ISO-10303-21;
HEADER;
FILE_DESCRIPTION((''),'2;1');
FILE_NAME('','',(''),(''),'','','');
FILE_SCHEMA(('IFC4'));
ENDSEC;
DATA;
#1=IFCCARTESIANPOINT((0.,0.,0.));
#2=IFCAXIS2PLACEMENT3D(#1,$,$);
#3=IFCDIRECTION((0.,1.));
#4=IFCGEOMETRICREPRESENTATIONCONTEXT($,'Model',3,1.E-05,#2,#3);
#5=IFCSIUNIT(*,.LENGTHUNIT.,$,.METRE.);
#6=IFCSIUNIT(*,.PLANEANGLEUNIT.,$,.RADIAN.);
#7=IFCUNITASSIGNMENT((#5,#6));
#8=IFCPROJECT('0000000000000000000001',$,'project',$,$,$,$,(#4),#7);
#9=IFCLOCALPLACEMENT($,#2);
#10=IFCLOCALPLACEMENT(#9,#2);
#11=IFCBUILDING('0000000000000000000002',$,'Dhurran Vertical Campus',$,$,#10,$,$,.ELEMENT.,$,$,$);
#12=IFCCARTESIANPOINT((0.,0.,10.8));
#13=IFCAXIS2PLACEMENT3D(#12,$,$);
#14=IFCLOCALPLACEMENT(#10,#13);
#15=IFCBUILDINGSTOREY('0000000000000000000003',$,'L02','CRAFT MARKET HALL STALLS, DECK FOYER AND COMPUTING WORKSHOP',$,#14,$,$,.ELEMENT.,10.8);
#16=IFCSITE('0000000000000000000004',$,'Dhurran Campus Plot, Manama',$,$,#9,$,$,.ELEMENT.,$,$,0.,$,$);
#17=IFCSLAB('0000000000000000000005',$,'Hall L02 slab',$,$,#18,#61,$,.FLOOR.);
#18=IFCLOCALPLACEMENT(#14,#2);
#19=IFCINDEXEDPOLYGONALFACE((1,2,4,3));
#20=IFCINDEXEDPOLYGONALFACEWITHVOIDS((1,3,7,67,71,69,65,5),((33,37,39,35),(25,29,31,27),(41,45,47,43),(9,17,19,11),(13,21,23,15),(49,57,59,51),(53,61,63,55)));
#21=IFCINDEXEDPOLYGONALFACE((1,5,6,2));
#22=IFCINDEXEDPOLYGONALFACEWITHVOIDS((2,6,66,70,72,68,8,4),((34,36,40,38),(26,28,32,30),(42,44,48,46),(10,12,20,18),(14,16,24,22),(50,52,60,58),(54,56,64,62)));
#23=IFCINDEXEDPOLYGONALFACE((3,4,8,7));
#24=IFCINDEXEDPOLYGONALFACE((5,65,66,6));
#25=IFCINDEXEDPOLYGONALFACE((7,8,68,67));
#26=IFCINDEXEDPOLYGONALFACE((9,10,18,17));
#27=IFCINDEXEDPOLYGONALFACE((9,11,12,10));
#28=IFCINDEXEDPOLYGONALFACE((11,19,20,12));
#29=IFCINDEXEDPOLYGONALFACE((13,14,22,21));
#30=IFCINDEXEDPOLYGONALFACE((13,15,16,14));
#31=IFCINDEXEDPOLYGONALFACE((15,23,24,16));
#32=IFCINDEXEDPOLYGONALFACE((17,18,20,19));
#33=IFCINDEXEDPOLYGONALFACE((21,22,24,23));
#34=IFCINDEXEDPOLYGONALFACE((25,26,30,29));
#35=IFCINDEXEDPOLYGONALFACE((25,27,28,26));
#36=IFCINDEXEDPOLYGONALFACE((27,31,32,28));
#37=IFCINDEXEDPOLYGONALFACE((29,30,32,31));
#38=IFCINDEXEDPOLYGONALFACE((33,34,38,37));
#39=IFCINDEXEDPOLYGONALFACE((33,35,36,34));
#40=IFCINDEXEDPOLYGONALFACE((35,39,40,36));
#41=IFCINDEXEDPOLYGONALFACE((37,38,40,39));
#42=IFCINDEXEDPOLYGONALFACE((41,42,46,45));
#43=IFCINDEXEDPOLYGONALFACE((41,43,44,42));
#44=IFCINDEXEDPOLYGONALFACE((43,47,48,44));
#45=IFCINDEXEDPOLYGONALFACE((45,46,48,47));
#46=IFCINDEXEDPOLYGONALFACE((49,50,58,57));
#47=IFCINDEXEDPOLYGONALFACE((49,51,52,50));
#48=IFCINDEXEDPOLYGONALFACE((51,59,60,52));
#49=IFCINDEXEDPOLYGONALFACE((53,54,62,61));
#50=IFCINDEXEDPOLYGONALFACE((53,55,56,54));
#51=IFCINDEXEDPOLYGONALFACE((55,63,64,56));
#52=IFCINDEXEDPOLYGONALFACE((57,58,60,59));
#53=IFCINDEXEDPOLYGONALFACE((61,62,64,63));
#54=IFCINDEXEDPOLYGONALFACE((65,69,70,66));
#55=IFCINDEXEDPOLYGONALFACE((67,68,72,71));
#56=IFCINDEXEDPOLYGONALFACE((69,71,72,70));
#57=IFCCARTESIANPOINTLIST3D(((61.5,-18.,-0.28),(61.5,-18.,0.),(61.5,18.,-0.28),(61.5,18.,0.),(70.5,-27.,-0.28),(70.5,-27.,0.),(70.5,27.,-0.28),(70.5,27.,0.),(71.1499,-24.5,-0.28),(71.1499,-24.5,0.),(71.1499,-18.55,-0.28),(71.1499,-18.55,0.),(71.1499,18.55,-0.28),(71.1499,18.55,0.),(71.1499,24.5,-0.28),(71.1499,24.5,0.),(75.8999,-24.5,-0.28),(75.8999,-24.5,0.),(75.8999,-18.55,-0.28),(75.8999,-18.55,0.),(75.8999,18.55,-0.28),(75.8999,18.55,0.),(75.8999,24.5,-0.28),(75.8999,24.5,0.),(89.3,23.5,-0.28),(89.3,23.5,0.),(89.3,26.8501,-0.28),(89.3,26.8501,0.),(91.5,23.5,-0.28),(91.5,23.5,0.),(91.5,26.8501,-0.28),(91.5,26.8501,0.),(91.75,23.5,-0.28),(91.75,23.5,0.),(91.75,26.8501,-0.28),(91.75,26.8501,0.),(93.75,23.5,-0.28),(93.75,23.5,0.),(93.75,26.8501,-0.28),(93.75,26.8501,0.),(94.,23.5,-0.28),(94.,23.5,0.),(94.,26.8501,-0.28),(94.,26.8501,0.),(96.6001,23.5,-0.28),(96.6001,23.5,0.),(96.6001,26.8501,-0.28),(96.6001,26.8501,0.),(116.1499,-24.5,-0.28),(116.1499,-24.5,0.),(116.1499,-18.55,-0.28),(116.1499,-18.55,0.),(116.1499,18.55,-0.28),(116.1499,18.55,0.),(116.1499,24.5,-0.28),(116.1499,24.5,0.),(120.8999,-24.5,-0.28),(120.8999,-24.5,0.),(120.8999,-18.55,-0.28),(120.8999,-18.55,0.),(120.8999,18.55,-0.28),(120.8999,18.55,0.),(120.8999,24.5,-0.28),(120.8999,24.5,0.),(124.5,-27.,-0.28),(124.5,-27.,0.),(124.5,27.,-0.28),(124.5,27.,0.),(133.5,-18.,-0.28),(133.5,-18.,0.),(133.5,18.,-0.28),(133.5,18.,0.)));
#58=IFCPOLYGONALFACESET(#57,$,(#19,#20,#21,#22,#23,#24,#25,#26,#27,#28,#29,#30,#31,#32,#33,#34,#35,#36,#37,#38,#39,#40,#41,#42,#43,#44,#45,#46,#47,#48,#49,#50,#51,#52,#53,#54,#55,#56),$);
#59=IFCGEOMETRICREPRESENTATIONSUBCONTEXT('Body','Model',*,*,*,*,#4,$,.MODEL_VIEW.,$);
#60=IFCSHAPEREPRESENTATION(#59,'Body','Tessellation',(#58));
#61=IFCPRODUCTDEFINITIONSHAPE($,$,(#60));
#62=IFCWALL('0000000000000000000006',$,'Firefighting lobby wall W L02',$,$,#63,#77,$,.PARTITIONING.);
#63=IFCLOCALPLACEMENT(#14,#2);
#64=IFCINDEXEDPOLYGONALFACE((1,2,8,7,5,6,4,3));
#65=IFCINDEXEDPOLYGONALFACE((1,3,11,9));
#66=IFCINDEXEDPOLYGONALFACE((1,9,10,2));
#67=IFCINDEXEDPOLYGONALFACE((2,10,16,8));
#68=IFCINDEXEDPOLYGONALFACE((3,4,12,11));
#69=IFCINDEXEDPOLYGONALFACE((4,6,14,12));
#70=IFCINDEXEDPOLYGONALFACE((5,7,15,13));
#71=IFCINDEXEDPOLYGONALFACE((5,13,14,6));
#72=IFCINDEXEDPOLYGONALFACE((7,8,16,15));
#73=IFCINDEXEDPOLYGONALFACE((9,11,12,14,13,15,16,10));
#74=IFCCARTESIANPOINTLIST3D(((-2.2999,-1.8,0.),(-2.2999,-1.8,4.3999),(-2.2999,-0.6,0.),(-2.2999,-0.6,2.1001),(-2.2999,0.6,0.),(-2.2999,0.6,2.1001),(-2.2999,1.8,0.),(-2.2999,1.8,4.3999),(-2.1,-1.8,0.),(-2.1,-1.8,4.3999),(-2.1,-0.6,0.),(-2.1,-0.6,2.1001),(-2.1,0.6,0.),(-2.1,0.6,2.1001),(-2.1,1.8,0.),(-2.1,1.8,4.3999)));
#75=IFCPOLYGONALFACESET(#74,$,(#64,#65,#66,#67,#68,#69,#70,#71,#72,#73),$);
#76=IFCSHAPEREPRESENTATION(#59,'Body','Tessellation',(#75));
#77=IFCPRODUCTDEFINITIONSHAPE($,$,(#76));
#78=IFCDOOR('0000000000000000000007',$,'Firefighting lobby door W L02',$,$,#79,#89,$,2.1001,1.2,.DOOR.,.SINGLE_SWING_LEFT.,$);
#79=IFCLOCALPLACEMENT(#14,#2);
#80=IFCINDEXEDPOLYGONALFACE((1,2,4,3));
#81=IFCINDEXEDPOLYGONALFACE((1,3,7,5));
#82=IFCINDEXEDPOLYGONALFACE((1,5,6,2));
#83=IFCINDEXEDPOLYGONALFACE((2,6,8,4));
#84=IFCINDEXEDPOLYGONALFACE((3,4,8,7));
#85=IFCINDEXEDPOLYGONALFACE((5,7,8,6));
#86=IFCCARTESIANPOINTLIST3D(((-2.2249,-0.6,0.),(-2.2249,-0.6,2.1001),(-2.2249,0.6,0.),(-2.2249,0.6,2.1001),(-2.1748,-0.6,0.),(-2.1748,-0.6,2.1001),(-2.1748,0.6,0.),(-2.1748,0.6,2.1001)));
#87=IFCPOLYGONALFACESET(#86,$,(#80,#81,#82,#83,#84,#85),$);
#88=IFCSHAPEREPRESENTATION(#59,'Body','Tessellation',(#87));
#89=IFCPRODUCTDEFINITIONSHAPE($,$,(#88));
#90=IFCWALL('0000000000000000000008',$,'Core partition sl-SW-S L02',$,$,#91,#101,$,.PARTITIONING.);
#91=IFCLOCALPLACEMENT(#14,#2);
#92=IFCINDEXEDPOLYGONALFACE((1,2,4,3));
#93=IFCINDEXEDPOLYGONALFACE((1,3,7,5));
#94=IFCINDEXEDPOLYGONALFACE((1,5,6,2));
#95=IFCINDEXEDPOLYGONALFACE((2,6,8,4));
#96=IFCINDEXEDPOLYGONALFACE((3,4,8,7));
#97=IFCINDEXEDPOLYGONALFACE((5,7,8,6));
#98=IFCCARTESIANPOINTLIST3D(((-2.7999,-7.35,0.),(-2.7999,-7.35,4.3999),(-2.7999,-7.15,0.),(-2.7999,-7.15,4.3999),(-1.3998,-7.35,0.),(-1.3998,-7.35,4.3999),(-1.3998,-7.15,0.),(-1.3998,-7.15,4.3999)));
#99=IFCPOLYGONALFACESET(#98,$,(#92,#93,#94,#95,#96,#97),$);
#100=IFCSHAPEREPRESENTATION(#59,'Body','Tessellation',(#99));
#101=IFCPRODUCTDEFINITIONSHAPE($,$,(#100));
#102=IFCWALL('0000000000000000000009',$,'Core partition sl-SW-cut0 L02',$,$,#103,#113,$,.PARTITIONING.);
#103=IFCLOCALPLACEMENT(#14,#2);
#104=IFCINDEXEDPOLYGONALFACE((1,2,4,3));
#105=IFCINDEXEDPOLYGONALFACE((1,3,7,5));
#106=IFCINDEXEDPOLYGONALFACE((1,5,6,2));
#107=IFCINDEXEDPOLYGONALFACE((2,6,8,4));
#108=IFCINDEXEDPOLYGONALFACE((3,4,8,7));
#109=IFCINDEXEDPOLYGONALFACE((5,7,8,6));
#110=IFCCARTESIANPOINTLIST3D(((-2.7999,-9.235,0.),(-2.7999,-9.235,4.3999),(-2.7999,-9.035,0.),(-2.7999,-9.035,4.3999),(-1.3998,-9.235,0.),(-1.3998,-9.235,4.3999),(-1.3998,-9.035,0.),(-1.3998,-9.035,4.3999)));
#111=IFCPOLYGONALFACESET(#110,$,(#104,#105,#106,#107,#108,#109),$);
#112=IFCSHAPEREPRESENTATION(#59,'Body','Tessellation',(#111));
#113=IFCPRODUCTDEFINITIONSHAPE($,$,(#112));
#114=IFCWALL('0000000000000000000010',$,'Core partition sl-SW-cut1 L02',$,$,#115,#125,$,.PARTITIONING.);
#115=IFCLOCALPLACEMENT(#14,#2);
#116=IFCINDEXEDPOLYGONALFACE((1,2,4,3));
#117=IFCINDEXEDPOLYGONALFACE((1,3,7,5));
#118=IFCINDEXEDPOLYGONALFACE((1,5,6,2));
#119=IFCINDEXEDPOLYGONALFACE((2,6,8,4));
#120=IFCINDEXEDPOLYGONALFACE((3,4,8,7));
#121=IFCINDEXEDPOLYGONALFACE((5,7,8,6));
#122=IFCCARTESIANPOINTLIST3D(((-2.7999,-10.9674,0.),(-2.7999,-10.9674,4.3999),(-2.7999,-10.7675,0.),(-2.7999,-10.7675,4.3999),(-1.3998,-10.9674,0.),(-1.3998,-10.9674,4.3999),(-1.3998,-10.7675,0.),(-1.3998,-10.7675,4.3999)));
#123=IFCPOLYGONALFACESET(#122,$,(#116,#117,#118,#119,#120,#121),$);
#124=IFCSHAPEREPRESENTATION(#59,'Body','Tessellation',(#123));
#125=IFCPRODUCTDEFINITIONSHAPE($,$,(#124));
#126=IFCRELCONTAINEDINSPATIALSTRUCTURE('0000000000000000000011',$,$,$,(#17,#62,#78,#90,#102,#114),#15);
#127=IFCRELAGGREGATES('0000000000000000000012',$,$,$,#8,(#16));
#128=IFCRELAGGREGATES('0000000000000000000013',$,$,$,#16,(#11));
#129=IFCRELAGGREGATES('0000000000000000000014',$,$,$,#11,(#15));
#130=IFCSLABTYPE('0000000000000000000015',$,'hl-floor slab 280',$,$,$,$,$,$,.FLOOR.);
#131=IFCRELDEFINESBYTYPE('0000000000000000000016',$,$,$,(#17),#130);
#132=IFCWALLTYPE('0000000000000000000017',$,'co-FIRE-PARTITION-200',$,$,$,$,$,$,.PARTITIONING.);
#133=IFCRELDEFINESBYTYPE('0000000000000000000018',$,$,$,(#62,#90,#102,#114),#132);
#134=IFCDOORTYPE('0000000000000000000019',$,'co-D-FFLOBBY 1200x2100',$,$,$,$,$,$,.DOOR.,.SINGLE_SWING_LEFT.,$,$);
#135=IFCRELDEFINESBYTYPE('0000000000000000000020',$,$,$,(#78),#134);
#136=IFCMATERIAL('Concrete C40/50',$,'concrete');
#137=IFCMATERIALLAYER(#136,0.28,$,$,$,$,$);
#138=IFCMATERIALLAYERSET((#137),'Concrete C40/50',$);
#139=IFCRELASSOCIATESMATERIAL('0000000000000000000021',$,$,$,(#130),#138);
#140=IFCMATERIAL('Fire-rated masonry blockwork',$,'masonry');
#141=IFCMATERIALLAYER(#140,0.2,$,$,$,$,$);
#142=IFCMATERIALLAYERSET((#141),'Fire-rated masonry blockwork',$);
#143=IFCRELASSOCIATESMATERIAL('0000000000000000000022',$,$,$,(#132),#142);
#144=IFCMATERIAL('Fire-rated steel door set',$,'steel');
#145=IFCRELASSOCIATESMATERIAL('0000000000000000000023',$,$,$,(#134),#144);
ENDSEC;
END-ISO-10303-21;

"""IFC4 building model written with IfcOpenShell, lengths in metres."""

from ifc_helpers import new_model, si_unit, direction, frame, frame_2d, origin, place, context, subcontext, project, spatial, polyline, rectangle, outline, extrude, material, layer, layer_set, type_object, element, fill, save


model = new_model("IFC4")

# Units and contexts
model_context = context("Model", 3, precision=1e-05, world=origin(), true_north=direction((0.0, 1.0)))
body_context = subcontext(model_context, "Body", "Model", "MODEL_VIEW")
ifc_project = project(units=[si_unit("LENGTHUNIT", "METRE"), si_unit("PLANEANGLEUNIT", "RADIAN")], contexts=[model_context])

# Site, building, storey
site_placement = place(None, origin())
site = spatial("IfcSite", under=ifc_project, at=site_placement, Name="Dhurran Campus Plot, Manama", CompositionType="ELEMENT", RefElevation=0.0)
building_placement = place(site_placement, origin())
building = spatial("IfcBuilding", under=site, at=building_placement, Name="Dhurran Vertical Campus", CompositionType="ELEMENT")
storey_placement = place(building_placement, frame((0.0, 0.0, 10.8)))
storey = spatial("IfcBuildingStorey", under=building, at=storey_placement, Name="L02", Description="CRAFT MARKET HALL STALLS, DECK FOYER AND COMPUTING WORKSHOP", CompositionType="ELEMENT", Elevation=10.8)

# Slab
ifc_material_1 = material(Name="Concrete C40/50", Category="concrete")
ifc_layer_1 = layer(ifc_material_1, 0.28)
ifc_layer_set_1 = layer_set([ifc_layer_1], Name="Concrete C40/50")
slab_type_1 = type_object("IfcSlabType", Name="hl-floor slab 280", PredefinedType="FLOOR", material=ifc_layer_set_1)
slab_1_placement = place(storey_placement, frame((0.0, 0.0, -0.28)))
element("IfcSlab", 1, at=slab_1_placement, inside=storey, type_object=slab_type_1, Name="Hall L02 slab", PredefinedType="FLOOR", context=body_context, shape_type="SweptSolid", body=[
    extrude(outline(polyline([(61.5, -18.0), (70.5, -27.0), (124.5, -27.0), (133.5, -18.0), (133.5, 18.0), (124.5, 27.0), (70.5, 27.0), (61.5, 18.0), (61.5, -18.0)]), holes=[polyline([(71.1499, -24.5), (75.8999, -24.5), (75.8999, -18.55), (71.1499, -18.55), (71.1499, -24.5)]), polyline([(116.1499, 18.55), (120.8999, 18.55), (120.8999, 24.5), (116.1499, 24.5), (116.1499, 18.55)]), polyline([(71.1499, 18.55), (75.8999, 18.55), (75.8999, 24.5), (71.1499, 24.5), (71.1499, 18.55)]), polyline([(116.1499, -24.5), (120.8999, -24.5), (120.8999, -18.55), (116.1499, -18.55), (116.1499, -24.5)]), polyline([(89.3, 23.5), (91.5, 23.5), (91.5, 26.8501), (89.3, 26.8501), (89.3, 23.5)]), polyline([(91.75, 23.5), (93.75, 23.5), (93.75, 26.8501), (91.75, 26.8501), (91.75, 23.5)]), polyline([(94.0, 23.5), (96.6001, 23.5), (96.6001, 26.8501), (94.0, 26.8501), (94.0, 23.5)])]), origin(), (0.0, 0.0, 1.0), 0.28),
])

# Wall, opening, door
ifc_material_2 = material(Name="Fire-rated masonry blockwork", Category="masonry")
ifc_layer_2 = layer(ifc_material_2, 0.2)
ifc_layer_set_2 = layer_set([ifc_layer_2], Name="Fire-rated masonry blockwork")
wall_type_1 = type_object("IfcWallType", Name="co-FIRE-PARTITION-200", PredefinedType="PARTITIONING", material=ifc_layer_set_2)
wall_1_placement = place(storey_placement, frame((-2.2, -1.8, 0.0), z_axis=(0.0, 0.0, 1.0), x_axis=(0.0, 1.0, 0.0)))
wall_1 = element("IfcWall", 2, at=wall_1_placement, inside=storey, type_object=wall_type_1, Name="Firefighting lobby wall W L02", PredefinedType="PARTITIONING", context=body_context, shape_type="SweptSolid", body=[
    extrude(rectangle(XDim=3.6001, YDim=0.2, at=frame_2d((1.8, 0.0))), origin(), (0.0, 0.0, 1.0), 4.3999),
])
opening_1_placement = place(wall_1_placement, frame((1.2, 0.0, 0.0)))
opening_1 = element("IfcOpeningElement", 3, at=opening_1_placement, cuts=wall_1, PredefinedType="OPENING", context=body_context, shape_type="SweptSolid", body=[
    extrude(rectangle(XDim=1.2, YDim=2.1001, at=frame_2d((0.6001, 1.05))), frame((0.0, 0.1099, 0.0), z_axis=(0.0, -1.0, 0.0), x_axis=(1.0, 0.0, 0.0)), (0.0, 0.0, 1.0), 0.22),
])
ifc_material_3 = material(Name="Fire-rated steel door set", Category="steel")
door_type_1 = type_object("IfcDoorType", Name="co-D-FFLOBBY 1200x2100", OperationType="SINGLE_SWING_LEFT", PredefinedType="DOOR", material=ifc_material_3)
door_1_placement = place(opening_1_placement, origin())
door_1 = element("IfcDoor", 4, at=door_1_placement, inside=storey, type_object=door_type_1, Name="Firefighting lobby door W L02", OperationType="SINGLE_SWING_LEFT", OverallHeight=2.1001, OverallWidth=1.2, PredefinedType="DOOR", context=body_context, shape_type="SweptSolid", body=[
    extrude(rectangle(XDim=1.2, YDim=2.1001, at=frame_2d((0.6001, 1.05))), frame((0.0, 0.0249, 0.0), z_axis=(0.0, -1.0, 0.0), x_axis=(1.0, 0.0, 0.0)), (0.0, 0.0, 1.0), 0.05),
])
fill(opening_1, door_1)

# Walls
for number, where, z_axis, x_axis, name in (
    (5, (-2.8, -7.25, 0.0), (0.0, 0.0, 1.0), (1.0, 0.0, 0.0), "Core partition sl-SW-S L02"),
    (6, (-2.8, -9.135, 0.0), (0.0, 0.0, 1.0), (1.0, 0.0, 0.0), "Core partition sl-SW-cut0 L02"),
    (7, (-2.8, -10.8674, 0.0), (0.0, 0.0, 1.0), (1.0, 0.0, 0.0), "Core partition sl-SW-cut1 L02"),
):
    element("IfcWall", number, at=place(storey_placement, frame(where, z_axis=z_axis, x_axis=x_axis)), inside=storey, type_object=wall_type_1, Name=name, PredefinedType="PARTITIONING", context=body_context, shape_type="SweptSolid", body=[
        extrude(rectangle(XDim=1.4001, YDim=0.2, at=frame_2d((0.7002, 0.0))), origin(), (0.0, 0.0, 1.0), 4.3999),
    ])

save(model, "model.ifc")
